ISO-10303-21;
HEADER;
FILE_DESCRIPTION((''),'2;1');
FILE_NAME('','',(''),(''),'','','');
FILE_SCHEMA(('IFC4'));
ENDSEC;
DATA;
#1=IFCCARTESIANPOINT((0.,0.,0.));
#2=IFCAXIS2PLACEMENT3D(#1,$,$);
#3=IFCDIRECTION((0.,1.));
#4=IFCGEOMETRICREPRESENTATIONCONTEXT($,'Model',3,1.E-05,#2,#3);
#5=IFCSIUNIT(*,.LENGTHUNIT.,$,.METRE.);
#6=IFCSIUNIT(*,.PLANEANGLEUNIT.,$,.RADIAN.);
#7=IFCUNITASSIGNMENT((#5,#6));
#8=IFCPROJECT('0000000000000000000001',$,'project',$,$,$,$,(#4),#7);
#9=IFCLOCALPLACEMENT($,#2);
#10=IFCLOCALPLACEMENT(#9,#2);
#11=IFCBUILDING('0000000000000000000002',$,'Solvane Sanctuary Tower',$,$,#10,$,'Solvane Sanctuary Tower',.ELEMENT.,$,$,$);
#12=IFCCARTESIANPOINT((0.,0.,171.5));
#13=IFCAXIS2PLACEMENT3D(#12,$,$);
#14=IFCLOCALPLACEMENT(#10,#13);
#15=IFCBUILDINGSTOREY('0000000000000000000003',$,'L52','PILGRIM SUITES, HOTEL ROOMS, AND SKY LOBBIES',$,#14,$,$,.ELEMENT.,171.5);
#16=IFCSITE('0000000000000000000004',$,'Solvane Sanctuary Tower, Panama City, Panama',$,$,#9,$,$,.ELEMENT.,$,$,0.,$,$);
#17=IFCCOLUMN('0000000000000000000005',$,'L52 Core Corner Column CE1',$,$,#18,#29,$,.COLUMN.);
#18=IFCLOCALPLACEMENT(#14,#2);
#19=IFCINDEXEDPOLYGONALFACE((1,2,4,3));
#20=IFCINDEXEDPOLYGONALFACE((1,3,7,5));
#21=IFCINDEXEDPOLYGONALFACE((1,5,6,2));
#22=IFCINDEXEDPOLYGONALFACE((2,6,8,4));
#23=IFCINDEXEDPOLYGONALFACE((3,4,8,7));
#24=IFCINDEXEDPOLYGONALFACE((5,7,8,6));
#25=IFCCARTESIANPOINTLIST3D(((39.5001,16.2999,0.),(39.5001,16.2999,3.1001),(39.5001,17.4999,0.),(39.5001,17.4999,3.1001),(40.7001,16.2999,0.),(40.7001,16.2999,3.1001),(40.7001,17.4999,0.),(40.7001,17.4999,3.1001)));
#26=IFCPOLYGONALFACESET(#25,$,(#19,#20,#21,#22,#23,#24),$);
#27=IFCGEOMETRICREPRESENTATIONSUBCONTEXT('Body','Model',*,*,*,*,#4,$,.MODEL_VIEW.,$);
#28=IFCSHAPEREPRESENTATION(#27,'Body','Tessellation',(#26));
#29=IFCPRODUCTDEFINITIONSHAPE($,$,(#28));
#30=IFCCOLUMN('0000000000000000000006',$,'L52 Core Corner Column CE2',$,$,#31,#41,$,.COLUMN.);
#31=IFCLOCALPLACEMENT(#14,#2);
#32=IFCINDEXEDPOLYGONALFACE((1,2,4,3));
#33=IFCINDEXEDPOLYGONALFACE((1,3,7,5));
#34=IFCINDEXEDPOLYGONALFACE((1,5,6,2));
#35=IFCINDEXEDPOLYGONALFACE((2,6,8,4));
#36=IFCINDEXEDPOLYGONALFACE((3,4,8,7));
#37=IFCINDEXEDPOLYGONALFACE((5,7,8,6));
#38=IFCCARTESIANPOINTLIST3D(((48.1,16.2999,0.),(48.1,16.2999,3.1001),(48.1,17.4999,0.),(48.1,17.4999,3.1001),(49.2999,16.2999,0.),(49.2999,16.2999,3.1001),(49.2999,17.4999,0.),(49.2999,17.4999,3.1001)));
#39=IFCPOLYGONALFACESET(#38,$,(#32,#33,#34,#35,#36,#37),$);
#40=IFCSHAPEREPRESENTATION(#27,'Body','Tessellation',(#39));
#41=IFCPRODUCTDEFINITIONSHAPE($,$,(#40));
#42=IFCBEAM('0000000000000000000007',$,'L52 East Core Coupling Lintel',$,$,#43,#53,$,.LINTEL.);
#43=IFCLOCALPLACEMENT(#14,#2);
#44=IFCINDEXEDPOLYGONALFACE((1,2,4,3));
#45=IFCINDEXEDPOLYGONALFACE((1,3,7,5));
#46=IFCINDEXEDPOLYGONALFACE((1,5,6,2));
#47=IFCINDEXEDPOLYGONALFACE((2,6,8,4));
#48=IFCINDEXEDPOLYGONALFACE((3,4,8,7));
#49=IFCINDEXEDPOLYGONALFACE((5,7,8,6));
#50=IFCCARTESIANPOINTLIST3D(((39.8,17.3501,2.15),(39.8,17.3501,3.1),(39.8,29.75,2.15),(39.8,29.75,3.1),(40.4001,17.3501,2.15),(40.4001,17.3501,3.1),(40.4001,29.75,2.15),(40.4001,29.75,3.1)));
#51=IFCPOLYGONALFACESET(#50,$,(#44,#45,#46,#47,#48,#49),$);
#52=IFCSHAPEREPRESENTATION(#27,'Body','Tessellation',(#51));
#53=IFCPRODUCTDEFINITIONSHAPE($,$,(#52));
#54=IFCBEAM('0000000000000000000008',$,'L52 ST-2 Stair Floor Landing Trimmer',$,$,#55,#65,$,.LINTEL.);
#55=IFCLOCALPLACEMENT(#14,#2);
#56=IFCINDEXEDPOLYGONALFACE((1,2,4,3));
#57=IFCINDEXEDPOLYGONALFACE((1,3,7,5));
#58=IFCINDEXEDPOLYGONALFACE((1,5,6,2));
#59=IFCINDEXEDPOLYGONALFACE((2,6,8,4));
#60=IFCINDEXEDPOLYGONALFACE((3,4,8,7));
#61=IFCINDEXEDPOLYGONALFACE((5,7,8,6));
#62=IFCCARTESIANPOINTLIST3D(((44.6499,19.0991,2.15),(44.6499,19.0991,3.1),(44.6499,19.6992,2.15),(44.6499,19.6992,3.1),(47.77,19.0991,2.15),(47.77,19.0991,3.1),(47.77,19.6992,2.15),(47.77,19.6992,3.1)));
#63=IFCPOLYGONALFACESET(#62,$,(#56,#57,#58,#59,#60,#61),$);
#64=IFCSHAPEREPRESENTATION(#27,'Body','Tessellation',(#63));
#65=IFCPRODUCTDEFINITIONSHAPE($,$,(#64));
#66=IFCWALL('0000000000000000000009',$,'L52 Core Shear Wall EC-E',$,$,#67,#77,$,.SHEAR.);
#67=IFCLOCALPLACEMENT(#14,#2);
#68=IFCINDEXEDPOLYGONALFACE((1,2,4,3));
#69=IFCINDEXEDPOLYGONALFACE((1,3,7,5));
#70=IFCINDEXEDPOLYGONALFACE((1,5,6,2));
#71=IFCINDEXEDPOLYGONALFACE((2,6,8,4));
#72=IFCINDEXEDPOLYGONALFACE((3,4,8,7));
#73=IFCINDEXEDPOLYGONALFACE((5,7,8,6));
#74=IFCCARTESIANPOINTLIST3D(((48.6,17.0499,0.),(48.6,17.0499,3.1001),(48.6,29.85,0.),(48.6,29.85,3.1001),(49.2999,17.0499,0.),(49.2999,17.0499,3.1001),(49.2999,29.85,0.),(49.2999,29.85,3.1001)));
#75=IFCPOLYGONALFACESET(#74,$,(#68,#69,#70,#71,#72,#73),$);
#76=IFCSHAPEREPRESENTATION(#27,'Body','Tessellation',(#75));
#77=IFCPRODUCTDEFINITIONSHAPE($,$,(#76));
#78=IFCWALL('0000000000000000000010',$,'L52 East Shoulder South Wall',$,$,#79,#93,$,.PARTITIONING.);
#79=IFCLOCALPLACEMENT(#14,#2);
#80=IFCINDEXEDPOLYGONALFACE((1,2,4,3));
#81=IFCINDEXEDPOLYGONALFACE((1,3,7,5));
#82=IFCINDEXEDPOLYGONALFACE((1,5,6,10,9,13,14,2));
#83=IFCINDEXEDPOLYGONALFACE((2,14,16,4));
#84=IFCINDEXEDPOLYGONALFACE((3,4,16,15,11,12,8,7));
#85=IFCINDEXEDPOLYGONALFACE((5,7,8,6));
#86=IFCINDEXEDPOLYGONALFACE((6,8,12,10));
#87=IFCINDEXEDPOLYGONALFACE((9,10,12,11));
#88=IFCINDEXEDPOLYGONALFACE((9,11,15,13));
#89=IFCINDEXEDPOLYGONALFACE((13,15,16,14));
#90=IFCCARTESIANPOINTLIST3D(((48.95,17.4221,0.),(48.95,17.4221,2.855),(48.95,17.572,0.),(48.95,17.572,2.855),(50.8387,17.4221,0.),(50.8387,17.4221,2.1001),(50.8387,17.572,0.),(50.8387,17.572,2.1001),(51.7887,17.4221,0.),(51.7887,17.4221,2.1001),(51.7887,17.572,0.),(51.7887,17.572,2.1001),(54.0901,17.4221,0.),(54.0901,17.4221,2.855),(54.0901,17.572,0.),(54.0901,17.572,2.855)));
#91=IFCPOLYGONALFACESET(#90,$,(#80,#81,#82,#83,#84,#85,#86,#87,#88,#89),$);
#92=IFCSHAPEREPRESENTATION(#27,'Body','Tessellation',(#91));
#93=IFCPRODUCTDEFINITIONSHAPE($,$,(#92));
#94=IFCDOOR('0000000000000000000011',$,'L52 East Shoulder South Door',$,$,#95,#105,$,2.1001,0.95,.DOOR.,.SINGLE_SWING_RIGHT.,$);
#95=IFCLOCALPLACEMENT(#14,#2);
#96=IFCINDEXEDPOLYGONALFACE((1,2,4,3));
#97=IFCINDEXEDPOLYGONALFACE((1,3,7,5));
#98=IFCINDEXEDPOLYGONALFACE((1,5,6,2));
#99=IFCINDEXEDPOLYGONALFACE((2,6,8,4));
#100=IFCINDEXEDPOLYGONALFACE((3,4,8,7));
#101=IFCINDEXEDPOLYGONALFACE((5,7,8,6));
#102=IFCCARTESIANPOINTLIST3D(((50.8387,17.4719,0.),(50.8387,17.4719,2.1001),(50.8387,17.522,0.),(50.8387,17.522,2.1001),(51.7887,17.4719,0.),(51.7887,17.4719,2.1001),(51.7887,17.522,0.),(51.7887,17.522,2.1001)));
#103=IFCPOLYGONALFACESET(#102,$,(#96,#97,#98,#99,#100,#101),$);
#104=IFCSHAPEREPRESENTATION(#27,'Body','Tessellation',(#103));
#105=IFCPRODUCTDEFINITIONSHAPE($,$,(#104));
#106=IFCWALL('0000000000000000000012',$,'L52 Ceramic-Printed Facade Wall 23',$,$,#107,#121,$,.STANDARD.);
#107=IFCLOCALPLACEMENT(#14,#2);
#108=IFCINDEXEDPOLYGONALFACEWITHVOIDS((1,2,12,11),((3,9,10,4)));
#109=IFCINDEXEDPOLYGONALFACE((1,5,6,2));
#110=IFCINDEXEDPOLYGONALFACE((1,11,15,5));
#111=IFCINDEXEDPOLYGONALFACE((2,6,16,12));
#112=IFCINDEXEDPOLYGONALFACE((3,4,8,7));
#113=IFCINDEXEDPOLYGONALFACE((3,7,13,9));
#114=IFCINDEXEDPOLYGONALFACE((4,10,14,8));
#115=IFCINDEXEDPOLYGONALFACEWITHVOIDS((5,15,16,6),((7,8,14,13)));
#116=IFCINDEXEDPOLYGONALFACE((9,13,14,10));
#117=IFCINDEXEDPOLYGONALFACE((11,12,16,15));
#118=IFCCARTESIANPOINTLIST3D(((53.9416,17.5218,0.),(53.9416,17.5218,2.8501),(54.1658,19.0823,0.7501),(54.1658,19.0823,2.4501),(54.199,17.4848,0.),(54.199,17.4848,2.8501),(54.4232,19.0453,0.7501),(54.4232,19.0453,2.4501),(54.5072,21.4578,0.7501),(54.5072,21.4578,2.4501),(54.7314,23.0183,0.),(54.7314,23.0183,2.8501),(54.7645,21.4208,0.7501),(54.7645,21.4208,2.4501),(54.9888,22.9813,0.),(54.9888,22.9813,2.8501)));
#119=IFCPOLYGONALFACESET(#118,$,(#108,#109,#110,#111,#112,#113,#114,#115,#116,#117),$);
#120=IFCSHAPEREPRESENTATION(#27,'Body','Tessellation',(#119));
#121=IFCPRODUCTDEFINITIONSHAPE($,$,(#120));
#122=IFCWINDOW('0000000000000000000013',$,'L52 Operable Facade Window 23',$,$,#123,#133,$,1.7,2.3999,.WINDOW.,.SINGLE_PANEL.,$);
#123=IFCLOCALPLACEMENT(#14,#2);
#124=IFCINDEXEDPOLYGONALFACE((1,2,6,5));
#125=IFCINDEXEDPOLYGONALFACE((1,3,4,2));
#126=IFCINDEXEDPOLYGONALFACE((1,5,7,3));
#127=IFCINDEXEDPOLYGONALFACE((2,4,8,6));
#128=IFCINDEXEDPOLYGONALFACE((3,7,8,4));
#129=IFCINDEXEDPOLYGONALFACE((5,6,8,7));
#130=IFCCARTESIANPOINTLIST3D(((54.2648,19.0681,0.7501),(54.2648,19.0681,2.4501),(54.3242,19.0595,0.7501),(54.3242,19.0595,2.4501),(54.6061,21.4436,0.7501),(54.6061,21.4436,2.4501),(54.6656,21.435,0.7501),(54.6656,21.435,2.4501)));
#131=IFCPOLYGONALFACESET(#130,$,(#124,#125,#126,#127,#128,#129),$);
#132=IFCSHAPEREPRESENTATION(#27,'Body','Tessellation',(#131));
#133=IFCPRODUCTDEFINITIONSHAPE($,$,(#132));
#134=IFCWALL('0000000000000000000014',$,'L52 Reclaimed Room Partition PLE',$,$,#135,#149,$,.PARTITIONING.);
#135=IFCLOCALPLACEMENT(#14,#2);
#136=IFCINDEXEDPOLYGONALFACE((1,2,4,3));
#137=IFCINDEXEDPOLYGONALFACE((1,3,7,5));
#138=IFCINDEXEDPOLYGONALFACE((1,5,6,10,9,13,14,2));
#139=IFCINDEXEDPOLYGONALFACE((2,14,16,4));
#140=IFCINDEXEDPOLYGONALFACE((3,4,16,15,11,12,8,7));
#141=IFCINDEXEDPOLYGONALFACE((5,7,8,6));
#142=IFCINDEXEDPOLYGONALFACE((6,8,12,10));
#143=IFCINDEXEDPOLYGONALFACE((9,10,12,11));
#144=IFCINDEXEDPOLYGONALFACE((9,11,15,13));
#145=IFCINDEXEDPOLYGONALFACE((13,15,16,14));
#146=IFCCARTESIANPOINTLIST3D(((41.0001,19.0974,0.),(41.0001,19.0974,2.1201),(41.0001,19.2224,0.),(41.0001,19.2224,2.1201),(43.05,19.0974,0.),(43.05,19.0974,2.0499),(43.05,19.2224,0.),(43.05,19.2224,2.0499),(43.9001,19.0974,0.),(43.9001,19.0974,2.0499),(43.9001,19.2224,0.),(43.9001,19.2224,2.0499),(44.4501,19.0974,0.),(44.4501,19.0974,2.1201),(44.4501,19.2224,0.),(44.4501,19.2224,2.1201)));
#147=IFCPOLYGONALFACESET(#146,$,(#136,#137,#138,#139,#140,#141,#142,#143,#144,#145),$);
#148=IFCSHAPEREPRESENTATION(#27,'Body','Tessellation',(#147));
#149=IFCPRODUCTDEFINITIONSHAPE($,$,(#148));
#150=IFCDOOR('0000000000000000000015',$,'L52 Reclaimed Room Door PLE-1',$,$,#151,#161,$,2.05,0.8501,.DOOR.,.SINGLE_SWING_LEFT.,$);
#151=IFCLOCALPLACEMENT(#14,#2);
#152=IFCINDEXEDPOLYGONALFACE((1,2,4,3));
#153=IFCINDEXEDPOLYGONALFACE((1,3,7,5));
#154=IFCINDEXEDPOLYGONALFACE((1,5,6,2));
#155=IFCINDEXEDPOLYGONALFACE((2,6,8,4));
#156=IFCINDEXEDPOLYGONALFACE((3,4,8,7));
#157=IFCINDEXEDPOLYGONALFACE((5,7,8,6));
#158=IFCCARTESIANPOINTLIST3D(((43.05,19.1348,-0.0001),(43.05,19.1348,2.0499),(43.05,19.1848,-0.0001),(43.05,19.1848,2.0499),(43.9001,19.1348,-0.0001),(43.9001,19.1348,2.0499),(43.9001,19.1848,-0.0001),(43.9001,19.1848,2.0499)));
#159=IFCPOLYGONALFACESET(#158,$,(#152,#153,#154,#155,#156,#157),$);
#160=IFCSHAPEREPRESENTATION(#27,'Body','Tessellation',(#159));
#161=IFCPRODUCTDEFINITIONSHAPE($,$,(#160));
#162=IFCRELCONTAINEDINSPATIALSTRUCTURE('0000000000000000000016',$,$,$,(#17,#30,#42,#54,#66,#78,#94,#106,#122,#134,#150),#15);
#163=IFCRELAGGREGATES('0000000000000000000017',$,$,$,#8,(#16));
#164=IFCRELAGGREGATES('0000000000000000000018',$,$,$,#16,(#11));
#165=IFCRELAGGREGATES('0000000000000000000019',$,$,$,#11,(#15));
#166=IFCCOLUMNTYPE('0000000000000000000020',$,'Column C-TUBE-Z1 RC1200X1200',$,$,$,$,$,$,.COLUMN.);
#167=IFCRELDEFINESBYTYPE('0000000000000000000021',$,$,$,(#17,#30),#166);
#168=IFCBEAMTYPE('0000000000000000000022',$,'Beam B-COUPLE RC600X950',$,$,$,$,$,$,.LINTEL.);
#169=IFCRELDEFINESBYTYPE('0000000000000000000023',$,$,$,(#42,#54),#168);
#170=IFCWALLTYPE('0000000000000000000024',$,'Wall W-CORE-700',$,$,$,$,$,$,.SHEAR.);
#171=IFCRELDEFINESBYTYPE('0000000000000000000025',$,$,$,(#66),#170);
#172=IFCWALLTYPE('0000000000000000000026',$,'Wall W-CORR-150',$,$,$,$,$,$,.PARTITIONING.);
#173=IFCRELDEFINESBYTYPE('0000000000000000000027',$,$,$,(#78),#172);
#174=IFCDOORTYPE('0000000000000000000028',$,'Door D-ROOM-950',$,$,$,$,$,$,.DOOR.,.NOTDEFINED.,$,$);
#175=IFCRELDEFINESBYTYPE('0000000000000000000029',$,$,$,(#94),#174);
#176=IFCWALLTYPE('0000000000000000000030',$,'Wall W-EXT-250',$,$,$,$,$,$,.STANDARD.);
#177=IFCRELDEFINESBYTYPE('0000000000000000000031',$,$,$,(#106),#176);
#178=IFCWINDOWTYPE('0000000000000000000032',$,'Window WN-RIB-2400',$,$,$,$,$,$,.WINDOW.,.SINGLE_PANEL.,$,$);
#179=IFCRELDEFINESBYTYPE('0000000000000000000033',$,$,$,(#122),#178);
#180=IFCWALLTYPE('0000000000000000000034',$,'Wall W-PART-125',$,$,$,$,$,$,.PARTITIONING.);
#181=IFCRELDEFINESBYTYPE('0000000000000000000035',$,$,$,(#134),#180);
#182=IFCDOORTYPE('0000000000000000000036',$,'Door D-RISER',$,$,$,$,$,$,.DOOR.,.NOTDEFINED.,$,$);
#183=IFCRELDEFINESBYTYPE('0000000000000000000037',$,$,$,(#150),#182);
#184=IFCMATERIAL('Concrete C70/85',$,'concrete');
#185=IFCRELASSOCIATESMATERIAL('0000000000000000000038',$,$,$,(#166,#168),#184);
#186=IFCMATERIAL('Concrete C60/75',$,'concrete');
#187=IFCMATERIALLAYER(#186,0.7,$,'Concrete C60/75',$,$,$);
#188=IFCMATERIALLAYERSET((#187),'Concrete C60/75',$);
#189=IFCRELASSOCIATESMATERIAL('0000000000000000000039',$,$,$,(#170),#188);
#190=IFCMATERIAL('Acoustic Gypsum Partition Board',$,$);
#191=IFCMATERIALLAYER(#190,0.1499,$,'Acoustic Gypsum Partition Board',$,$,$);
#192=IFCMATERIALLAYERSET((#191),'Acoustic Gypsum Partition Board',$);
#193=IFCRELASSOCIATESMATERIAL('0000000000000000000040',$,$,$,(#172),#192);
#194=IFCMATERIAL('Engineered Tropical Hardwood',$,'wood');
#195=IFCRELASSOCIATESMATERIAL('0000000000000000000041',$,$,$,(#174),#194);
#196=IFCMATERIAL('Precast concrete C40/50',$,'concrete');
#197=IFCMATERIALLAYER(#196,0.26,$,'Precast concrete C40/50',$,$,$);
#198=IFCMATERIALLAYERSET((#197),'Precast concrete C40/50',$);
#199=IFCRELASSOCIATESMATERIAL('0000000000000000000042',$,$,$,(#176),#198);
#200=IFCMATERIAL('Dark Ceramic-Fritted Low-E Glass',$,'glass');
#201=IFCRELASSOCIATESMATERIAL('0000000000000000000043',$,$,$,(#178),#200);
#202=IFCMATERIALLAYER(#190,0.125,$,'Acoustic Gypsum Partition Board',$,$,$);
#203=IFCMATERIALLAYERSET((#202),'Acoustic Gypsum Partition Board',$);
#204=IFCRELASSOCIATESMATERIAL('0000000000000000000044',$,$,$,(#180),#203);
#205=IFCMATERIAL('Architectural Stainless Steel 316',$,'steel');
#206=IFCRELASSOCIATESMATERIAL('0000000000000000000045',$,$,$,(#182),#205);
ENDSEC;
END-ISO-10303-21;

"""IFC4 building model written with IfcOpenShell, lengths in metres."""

from ifc_helpers import new_model, si_unit, direction, frame, frame_2d, origin, origin_2d, place, context, subcontext, project, spatial, rectangle, extrude, material, layer, layer_set, material_profile, profile_set, type_object, element, fill, save


model = new_model("IFC4")

# Units and contexts
model_context = context("Model", 3, precision=1e-05, world=origin(), true_north=direction((0.0, 1.0)))
body_context = subcontext(model_context, "Body", "Model", "MODEL_VIEW")
ifc_project = project(units=[si_unit("LENGTHUNIT", "METRE"), si_unit("PLANEANGLEUNIT", "RADIAN")], contexts=[model_context])

# Site, building, storey
site_placement = place(None, origin())
site = spatial("IfcSite", under=ifc_project, at=site_placement, Name="Solvane Sanctuary Tower, Panama City, Panama", CompositionType="ELEMENT", RefElevation=0.0)
building_placement = place(site_placement, origin())
building = spatial("IfcBuilding", under=site, at=building_placement, Name="Solvane Sanctuary Tower", LongName="Solvane Sanctuary Tower", CompositionType="ELEMENT")
storey_placement = place(building_placement, frame((0.0, 0.0, 171.5)))
storey = spatial("IfcBuildingStorey", under=building, at=storey_placement, Name="L52", Description="PILGRIM SUITES, HOTEL ROOMS, AND SKY LOBBIES", CompositionType="ELEMENT", Elevation=171.5)

# Columns
ifc_material_1 = material(Name="Concrete C70/85", Category="concrete")
ifc_material_profile_1 = material_profile(ifc_material_1, rectangle(XDim=1.2, YDim=1.2, at=origin_2d()), Name="RC1200X1200")
ifc_profile_set_1 = profile_set([ifc_material_profile_1], Name="Concrete C70/85")
column_type = type_object("IfcColumnType", Name="Column C-TUBE-Z1 RC1200X1200", PredefinedType="COLUMN", material=ifc_profile_set_1)
for number, where, z_axis, x_axis, name in (
    (1, (40.1001, 16.8999, 0.0), (0.0, 0.0, 1.0), (1.0, 0.0, 0.0), "L52 Core Corner Column CE1"),
    (2, (48.7, 16.8999, 0.0), (0.0, 0.0, 1.0), (1.0, 0.0, 0.0), "L52 Core Corner Column CE2"),
):
    element("IfcColumn", number, at=place(storey_placement, frame(where, z_axis=z_axis, x_axis=x_axis)), inside=storey, type_object=column_type, Name=name, PredefinedType="COLUMN", context=body_context, shape_type="SweptSolid", body=[
        extrude(rectangle(XDim=1.2, YDim=1.2, at=origin_2d()), origin(), (0.0, 0.0, 1.0), 3.1001),
    ])

# Beams
ifc_material_profile_2 = material_profile(ifc_material_1, rectangle(XDim=0.6001, YDim=0.95, at=origin_2d()), Name="RC600X950")
ifc_profile_set_2 = profile_set([ifc_material_profile_2], Name="Concrete C70/85")
beam_type = type_object("IfcBeamType", Name="Beam B-COUPLE RC600X950", PredefinedType="LINTEL", material=ifc_profile_set_2)
beam_1_placement = place(storey_placement, frame((40.1001, 17.3501, 2.625), z_axis=(0.0, 1.0, 0.0), x_axis=(-1.0, 0.0, 0.0)))
element("IfcBeam", 3, at=beam_1_placement, inside=storey, type_object=beam_type, Name="L52 East Core Coupling Lintel", PredefinedType="LINTEL", context=body_context, shape_type="SweptSolid", body=[
    extrude(rectangle(XDim=0.6001, YDim=0.95, at=origin_2d()), origin(), (0.0, 0.0, 1.0), 12.3999),
])
beam_2_placement = place(storey_placement, frame((44.6499, 19.3992, 2.625), z_axis=(1.0, 0.0, 0.0), x_axis=(0.0, 1.0, 0.0)))
element("IfcBeam", 4, at=beam_2_placement, inside=storey, type_object=beam_type, Name="L52 ST-2 Stair Floor Landing Trimmer", PredefinedType="LINTEL", context=body_context, shape_type="SweptSolid", body=[
    extrude(rectangle(XDim=0.6001, YDim=0.95, at=origin_2d()), origin(), (0.0, 0.0, 1.0), 3.1201),
])

# Wall
ifc_material_2 = material(Name="Concrete C60/75", Category="concrete")
ifc_layer_1 = layer(ifc_material_2, 0.7, Name="Concrete C60/75")
ifc_layer_set_1 = layer_set([ifc_layer_1], Name="Concrete C60/75")
wall_type_1 = type_object("IfcWallType", Name="Wall W-CORE-700", PredefinedType="SHEAR", material=ifc_layer_set_1)
wall_1_placement = place(storey_placement, frame((48.95, 17.05, 0.0), z_axis=(0.0, 0.0, 1.0), x_axis=(0.0, 1.0, 0.0)))
element("IfcWall", 5, at=wall_1_placement, inside=storey, type_object=wall_type_1, Name="L52 Core Shear Wall EC-E", PredefinedType="SHEAR", context=body_context, shape_type="SweptSolid", body=[
    extrude(rectangle(XDim=12.8, YDim=0.7, at=frame_2d((6.3999, 0.0))), origin(), (0.0, 0.0, 1.0), 3.1001),
])

# Wall, opening, door
ifc_material_3 = material(Name="Acoustic Gypsum Partition Board")
ifc_layer_2 = layer(ifc_material_3, 0.1499, Name="Acoustic Gypsum Partition Board")
ifc_layer_set_2 = layer_set([ifc_layer_2], Name="Acoustic Gypsum Partition Board")
wall_type_2 = type_object("IfcWallType", Name="Wall W-CORR-150", PredefinedType="PARTITIONING", material=ifc_layer_set_2)
wall_2_placement = place(storey_placement, frame((48.95, 17.4971, 0.0), z_axis=(0.0, 0.0, 1.0), x_axis=(1.0, 0.0, 0.0)))
wall_2 = element("IfcWall", 6, at=wall_2_placement, inside=storey, type_object=wall_type_2, Name="L52 East Shoulder South Wall", PredefinedType="PARTITIONING", context=body_context, shape_type="SweptSolid", body=[
    extrude(rectangle(XDim=5.1401, YDim=0.1499, at=frame_2d((2.5701, 0.0))), origin(), (0.0, 0.0, 1.0), 2.855),
])
opening_1_placement = place(wall_2_placement, frame((1.8887, 0.0, 0.0)))
opening_1 = element("IfcOpeningElement", 7, at=opening_1_placement, cuts=wall_2, PredefinedType="OPENING", context=body_context, shape_type="SweptSolid", body=[
    extrude(rectangle(XDim=0.95, YDim=2.1001, at=frame_2d((0.4751, 1.05))), frame((0.0, 0.085, 0.0), z_axis=(0.0, -1.0, 0.0), x_axis=(1.0, 0.0, 0.0)), (0.0, 0.0, 1.0), 0.1699),
])
ifc_material_4 = material(Name="Engineered Tropical Hardwood", Category="wood")
door_type_1 = type_object("IfcDoorType", Name="Door D-ROOM-950", OperationType="NOTDEFINED", PredefinedType="DOOR", material=ifc_material_4)
door_1_placement = place(opening_1_placement, origin())
door_1 = element("IfcDoor", 8, at=door_1_placement, inside=storey, type_object=door_type_1, Name="L52 East Shoulder South Door", OperationType="SINGLE_SWING_RIGHT", OverallHeight=2.1001, OverallWidth=0.95, PredefinedType="DOOR", context=body_context, shape_type="SweptSolid", body=[
    extrude(rectangle(XDim=0.95, YDim=2.1001, at=frame_2d((0.4751, 1.05))), frame((0.0, 0.0249, 0.0), z_axis=(0.0, -1.0, 0.0), x_axis=(1.0, 0.0, 0.0)), (0.0, 0.0, 1.0), 0.05),
])
fill(opening_1, door_1)

# Wall, opening, window
ifc_material_5 = material(Name="Precast concrete C40/50", Category="concrete")
ifc_layer_3 = layer(ifc_material_5, 0.26, Name="Precast concrete C40/50")
ifc_layer_set_3 = layer_set([ifc_layer_3], Name="Precast concrete C40/50")
wall_type_3 = type_object("IfcWallType", Name="Wall W-EXT-250", PredefinedType="STANDARD", material=ifc_layer_set_3)
wall_3_placement = place(storey_placement, frame((54.0703, 17.5034, 0.0), z_axis=(0.0, 0.0, 1.0), x_axis=(0.142228, 0.989834, 0.0)))
wall_3 = element("IfcWall", 9, at=wall_3_placement, inside=storey, type_object=wall_type_3, Name="L52 Ceramic-Printed Facade Wall 23", PredefinedType="STANDARD", context=body_context, shape_type="SweptSolid", body=[
    extrude(rectangle(XDim=5.553, YDim=0.26, at=frame_2d((2.7764, 0.0))), origin(), (0.0, 0.0, 1.0), 2.8501),
])
opening_2_placement = place(wall_3_placement, frame((1.5764, 0.0, 0.75)))
opening_2 = element("IfcOpeningElement", 10, at=opening_2_placement, cuts=wall_3, PredefinedType="OPENING", context=body_context, shape_type="SweptSolid", body=[
    extrude(rectangle(XDim=2.3999, YDim=1.7, at=frame_2d((1.2, 0.8501))), frame((0.0, 0.1399, 0.0), z_axis=(0.0, -1.0, 0.0), x_axis=(1.0, 0.0, 0.0)), (0.0, 0.0, 1.0), 0.28),
])
ifc_material_6 = material(Name="Dark Ceramic-Fritted Low-E Glass", Category="glass")
window_type = type_object("IfcWindowType", Name="Window WN-RIB-2400", PartitioningType="SINGLE_PANEL", PredefinedType="WINDOW", material=ifc_material_6)
window_placement = place(opening_2_placement, origin())
window = element("IfcWindow", 11, at=window_placement, inside=storey, type_object=window_type, Name="L52 Operable Facade Window 23", OverallHeight=1.7, OverallWidth=2.3999, PartitioningType="SINGLE_PANEL", PredefinedType="WINDOW", context=body_context, shape_type="SweptSolid", body=[
    extrude(rectangle(XDim=2.3999, YDim=1.7, at=frame_2d((1.2, 0.8501))), frame((0.0, 0.03, 0.0), z_axis=(0.0, -1.0, 0.0), x_axis=(1.0, 0.0, 0.0)), (0.0, 0.0, 1.0), 0.0601),
])
fill(opening_2, window)

# Wall, opening, door
ifc_layer_4 = layer(ifc_material_3, 0.125, Name="Acoustic Gypsum Partition Board")
ifc_layer_set_4 = layer_set([ifc_layer_4], Name="Acoustic Gypsum Partition Board")
wall_type_4 = type_object("IfcWallType", Name="Wall W-PART-125", PredefinedType="PARTITIONING", material=ifc_layer_set_4)
wall_4_placement = place(storey_placement, frame((41.0, 19.1599, 0.0), z_axis=(0.0, 0.0, 1.0), x_axis=(1.0, 0.0, 0.0)))
wall_4 = element("IfcWall", 12, at=wall_4_placement, inside=storey, type_object=wall_type_4, Name="L52 Reclaimed Room Partition PLE", PredefinedType="PARTITIONING", context=body_context, shape_type="SweptSolid", body=[
    extrude(rectangle(XDim=3.45, YDim=0.125, at=frame_2d((1.7251, 0.0))), origin(), (0.0, 0.0, 1.0), 2.1201),
])
opening_3_placement = place(wall_4_placement, frame((2.05, 0.0, 0.0)))
opening_3 = element("IfcOpeningElement", 13, at=opening_3_placement, cuts=wall_4, PredefinedType="OPENING", context=body_context, shape_type="SweptSolid", body=[
    extrude(rectangle(XDim=0.8501, YDim=2.05, at=frame_2d((0.425, 1.0249))), frame((0.0, 0.0725, 0.0), z_axis=(0.0, -1.0, 0.0), x_axis=(1.0, 0.0, 0.0)), (0.0, 0.0, 1.0), 0.145),
])
ifc_material_7 = material(Name="Architectural Stainless Steel 316", Category="steel")
door_type_2 = type_object("IfcDoorType", Name="Door D-RISER", OperationType="NOTDEFINED", PredefinedType="DOOR", material=ifc_material_7)
door_2_placement = place(opening_3_placement, origin())
door_2 = element("IfcDoor", 14, at=door_2_placement, inside=storey, type_object=door_type_2, Name="L52 Reclaimed Room Door PLE-1", OperationType="SINGLE_SWING_LEFT", OverallHeight=2.05, OverallWidth=0.8501, PredefinedType="DOOR", context=body_context, shape_type="SweptSolid", body=[
    extrude(rectangle(XDim=0.8501, YDim=2.05, at=frame_2d((0.425, 1.0249))), frame((0.0, 0.0249, 0.0), z_axis=(0.0, -1.0, 0.0), x_axis=(1.0, 0.0, 0.0)), (0.0, 0.0, 1.0), 0.05),
])
fill(opening_3, door_2)

save(model, "model.ifc")
